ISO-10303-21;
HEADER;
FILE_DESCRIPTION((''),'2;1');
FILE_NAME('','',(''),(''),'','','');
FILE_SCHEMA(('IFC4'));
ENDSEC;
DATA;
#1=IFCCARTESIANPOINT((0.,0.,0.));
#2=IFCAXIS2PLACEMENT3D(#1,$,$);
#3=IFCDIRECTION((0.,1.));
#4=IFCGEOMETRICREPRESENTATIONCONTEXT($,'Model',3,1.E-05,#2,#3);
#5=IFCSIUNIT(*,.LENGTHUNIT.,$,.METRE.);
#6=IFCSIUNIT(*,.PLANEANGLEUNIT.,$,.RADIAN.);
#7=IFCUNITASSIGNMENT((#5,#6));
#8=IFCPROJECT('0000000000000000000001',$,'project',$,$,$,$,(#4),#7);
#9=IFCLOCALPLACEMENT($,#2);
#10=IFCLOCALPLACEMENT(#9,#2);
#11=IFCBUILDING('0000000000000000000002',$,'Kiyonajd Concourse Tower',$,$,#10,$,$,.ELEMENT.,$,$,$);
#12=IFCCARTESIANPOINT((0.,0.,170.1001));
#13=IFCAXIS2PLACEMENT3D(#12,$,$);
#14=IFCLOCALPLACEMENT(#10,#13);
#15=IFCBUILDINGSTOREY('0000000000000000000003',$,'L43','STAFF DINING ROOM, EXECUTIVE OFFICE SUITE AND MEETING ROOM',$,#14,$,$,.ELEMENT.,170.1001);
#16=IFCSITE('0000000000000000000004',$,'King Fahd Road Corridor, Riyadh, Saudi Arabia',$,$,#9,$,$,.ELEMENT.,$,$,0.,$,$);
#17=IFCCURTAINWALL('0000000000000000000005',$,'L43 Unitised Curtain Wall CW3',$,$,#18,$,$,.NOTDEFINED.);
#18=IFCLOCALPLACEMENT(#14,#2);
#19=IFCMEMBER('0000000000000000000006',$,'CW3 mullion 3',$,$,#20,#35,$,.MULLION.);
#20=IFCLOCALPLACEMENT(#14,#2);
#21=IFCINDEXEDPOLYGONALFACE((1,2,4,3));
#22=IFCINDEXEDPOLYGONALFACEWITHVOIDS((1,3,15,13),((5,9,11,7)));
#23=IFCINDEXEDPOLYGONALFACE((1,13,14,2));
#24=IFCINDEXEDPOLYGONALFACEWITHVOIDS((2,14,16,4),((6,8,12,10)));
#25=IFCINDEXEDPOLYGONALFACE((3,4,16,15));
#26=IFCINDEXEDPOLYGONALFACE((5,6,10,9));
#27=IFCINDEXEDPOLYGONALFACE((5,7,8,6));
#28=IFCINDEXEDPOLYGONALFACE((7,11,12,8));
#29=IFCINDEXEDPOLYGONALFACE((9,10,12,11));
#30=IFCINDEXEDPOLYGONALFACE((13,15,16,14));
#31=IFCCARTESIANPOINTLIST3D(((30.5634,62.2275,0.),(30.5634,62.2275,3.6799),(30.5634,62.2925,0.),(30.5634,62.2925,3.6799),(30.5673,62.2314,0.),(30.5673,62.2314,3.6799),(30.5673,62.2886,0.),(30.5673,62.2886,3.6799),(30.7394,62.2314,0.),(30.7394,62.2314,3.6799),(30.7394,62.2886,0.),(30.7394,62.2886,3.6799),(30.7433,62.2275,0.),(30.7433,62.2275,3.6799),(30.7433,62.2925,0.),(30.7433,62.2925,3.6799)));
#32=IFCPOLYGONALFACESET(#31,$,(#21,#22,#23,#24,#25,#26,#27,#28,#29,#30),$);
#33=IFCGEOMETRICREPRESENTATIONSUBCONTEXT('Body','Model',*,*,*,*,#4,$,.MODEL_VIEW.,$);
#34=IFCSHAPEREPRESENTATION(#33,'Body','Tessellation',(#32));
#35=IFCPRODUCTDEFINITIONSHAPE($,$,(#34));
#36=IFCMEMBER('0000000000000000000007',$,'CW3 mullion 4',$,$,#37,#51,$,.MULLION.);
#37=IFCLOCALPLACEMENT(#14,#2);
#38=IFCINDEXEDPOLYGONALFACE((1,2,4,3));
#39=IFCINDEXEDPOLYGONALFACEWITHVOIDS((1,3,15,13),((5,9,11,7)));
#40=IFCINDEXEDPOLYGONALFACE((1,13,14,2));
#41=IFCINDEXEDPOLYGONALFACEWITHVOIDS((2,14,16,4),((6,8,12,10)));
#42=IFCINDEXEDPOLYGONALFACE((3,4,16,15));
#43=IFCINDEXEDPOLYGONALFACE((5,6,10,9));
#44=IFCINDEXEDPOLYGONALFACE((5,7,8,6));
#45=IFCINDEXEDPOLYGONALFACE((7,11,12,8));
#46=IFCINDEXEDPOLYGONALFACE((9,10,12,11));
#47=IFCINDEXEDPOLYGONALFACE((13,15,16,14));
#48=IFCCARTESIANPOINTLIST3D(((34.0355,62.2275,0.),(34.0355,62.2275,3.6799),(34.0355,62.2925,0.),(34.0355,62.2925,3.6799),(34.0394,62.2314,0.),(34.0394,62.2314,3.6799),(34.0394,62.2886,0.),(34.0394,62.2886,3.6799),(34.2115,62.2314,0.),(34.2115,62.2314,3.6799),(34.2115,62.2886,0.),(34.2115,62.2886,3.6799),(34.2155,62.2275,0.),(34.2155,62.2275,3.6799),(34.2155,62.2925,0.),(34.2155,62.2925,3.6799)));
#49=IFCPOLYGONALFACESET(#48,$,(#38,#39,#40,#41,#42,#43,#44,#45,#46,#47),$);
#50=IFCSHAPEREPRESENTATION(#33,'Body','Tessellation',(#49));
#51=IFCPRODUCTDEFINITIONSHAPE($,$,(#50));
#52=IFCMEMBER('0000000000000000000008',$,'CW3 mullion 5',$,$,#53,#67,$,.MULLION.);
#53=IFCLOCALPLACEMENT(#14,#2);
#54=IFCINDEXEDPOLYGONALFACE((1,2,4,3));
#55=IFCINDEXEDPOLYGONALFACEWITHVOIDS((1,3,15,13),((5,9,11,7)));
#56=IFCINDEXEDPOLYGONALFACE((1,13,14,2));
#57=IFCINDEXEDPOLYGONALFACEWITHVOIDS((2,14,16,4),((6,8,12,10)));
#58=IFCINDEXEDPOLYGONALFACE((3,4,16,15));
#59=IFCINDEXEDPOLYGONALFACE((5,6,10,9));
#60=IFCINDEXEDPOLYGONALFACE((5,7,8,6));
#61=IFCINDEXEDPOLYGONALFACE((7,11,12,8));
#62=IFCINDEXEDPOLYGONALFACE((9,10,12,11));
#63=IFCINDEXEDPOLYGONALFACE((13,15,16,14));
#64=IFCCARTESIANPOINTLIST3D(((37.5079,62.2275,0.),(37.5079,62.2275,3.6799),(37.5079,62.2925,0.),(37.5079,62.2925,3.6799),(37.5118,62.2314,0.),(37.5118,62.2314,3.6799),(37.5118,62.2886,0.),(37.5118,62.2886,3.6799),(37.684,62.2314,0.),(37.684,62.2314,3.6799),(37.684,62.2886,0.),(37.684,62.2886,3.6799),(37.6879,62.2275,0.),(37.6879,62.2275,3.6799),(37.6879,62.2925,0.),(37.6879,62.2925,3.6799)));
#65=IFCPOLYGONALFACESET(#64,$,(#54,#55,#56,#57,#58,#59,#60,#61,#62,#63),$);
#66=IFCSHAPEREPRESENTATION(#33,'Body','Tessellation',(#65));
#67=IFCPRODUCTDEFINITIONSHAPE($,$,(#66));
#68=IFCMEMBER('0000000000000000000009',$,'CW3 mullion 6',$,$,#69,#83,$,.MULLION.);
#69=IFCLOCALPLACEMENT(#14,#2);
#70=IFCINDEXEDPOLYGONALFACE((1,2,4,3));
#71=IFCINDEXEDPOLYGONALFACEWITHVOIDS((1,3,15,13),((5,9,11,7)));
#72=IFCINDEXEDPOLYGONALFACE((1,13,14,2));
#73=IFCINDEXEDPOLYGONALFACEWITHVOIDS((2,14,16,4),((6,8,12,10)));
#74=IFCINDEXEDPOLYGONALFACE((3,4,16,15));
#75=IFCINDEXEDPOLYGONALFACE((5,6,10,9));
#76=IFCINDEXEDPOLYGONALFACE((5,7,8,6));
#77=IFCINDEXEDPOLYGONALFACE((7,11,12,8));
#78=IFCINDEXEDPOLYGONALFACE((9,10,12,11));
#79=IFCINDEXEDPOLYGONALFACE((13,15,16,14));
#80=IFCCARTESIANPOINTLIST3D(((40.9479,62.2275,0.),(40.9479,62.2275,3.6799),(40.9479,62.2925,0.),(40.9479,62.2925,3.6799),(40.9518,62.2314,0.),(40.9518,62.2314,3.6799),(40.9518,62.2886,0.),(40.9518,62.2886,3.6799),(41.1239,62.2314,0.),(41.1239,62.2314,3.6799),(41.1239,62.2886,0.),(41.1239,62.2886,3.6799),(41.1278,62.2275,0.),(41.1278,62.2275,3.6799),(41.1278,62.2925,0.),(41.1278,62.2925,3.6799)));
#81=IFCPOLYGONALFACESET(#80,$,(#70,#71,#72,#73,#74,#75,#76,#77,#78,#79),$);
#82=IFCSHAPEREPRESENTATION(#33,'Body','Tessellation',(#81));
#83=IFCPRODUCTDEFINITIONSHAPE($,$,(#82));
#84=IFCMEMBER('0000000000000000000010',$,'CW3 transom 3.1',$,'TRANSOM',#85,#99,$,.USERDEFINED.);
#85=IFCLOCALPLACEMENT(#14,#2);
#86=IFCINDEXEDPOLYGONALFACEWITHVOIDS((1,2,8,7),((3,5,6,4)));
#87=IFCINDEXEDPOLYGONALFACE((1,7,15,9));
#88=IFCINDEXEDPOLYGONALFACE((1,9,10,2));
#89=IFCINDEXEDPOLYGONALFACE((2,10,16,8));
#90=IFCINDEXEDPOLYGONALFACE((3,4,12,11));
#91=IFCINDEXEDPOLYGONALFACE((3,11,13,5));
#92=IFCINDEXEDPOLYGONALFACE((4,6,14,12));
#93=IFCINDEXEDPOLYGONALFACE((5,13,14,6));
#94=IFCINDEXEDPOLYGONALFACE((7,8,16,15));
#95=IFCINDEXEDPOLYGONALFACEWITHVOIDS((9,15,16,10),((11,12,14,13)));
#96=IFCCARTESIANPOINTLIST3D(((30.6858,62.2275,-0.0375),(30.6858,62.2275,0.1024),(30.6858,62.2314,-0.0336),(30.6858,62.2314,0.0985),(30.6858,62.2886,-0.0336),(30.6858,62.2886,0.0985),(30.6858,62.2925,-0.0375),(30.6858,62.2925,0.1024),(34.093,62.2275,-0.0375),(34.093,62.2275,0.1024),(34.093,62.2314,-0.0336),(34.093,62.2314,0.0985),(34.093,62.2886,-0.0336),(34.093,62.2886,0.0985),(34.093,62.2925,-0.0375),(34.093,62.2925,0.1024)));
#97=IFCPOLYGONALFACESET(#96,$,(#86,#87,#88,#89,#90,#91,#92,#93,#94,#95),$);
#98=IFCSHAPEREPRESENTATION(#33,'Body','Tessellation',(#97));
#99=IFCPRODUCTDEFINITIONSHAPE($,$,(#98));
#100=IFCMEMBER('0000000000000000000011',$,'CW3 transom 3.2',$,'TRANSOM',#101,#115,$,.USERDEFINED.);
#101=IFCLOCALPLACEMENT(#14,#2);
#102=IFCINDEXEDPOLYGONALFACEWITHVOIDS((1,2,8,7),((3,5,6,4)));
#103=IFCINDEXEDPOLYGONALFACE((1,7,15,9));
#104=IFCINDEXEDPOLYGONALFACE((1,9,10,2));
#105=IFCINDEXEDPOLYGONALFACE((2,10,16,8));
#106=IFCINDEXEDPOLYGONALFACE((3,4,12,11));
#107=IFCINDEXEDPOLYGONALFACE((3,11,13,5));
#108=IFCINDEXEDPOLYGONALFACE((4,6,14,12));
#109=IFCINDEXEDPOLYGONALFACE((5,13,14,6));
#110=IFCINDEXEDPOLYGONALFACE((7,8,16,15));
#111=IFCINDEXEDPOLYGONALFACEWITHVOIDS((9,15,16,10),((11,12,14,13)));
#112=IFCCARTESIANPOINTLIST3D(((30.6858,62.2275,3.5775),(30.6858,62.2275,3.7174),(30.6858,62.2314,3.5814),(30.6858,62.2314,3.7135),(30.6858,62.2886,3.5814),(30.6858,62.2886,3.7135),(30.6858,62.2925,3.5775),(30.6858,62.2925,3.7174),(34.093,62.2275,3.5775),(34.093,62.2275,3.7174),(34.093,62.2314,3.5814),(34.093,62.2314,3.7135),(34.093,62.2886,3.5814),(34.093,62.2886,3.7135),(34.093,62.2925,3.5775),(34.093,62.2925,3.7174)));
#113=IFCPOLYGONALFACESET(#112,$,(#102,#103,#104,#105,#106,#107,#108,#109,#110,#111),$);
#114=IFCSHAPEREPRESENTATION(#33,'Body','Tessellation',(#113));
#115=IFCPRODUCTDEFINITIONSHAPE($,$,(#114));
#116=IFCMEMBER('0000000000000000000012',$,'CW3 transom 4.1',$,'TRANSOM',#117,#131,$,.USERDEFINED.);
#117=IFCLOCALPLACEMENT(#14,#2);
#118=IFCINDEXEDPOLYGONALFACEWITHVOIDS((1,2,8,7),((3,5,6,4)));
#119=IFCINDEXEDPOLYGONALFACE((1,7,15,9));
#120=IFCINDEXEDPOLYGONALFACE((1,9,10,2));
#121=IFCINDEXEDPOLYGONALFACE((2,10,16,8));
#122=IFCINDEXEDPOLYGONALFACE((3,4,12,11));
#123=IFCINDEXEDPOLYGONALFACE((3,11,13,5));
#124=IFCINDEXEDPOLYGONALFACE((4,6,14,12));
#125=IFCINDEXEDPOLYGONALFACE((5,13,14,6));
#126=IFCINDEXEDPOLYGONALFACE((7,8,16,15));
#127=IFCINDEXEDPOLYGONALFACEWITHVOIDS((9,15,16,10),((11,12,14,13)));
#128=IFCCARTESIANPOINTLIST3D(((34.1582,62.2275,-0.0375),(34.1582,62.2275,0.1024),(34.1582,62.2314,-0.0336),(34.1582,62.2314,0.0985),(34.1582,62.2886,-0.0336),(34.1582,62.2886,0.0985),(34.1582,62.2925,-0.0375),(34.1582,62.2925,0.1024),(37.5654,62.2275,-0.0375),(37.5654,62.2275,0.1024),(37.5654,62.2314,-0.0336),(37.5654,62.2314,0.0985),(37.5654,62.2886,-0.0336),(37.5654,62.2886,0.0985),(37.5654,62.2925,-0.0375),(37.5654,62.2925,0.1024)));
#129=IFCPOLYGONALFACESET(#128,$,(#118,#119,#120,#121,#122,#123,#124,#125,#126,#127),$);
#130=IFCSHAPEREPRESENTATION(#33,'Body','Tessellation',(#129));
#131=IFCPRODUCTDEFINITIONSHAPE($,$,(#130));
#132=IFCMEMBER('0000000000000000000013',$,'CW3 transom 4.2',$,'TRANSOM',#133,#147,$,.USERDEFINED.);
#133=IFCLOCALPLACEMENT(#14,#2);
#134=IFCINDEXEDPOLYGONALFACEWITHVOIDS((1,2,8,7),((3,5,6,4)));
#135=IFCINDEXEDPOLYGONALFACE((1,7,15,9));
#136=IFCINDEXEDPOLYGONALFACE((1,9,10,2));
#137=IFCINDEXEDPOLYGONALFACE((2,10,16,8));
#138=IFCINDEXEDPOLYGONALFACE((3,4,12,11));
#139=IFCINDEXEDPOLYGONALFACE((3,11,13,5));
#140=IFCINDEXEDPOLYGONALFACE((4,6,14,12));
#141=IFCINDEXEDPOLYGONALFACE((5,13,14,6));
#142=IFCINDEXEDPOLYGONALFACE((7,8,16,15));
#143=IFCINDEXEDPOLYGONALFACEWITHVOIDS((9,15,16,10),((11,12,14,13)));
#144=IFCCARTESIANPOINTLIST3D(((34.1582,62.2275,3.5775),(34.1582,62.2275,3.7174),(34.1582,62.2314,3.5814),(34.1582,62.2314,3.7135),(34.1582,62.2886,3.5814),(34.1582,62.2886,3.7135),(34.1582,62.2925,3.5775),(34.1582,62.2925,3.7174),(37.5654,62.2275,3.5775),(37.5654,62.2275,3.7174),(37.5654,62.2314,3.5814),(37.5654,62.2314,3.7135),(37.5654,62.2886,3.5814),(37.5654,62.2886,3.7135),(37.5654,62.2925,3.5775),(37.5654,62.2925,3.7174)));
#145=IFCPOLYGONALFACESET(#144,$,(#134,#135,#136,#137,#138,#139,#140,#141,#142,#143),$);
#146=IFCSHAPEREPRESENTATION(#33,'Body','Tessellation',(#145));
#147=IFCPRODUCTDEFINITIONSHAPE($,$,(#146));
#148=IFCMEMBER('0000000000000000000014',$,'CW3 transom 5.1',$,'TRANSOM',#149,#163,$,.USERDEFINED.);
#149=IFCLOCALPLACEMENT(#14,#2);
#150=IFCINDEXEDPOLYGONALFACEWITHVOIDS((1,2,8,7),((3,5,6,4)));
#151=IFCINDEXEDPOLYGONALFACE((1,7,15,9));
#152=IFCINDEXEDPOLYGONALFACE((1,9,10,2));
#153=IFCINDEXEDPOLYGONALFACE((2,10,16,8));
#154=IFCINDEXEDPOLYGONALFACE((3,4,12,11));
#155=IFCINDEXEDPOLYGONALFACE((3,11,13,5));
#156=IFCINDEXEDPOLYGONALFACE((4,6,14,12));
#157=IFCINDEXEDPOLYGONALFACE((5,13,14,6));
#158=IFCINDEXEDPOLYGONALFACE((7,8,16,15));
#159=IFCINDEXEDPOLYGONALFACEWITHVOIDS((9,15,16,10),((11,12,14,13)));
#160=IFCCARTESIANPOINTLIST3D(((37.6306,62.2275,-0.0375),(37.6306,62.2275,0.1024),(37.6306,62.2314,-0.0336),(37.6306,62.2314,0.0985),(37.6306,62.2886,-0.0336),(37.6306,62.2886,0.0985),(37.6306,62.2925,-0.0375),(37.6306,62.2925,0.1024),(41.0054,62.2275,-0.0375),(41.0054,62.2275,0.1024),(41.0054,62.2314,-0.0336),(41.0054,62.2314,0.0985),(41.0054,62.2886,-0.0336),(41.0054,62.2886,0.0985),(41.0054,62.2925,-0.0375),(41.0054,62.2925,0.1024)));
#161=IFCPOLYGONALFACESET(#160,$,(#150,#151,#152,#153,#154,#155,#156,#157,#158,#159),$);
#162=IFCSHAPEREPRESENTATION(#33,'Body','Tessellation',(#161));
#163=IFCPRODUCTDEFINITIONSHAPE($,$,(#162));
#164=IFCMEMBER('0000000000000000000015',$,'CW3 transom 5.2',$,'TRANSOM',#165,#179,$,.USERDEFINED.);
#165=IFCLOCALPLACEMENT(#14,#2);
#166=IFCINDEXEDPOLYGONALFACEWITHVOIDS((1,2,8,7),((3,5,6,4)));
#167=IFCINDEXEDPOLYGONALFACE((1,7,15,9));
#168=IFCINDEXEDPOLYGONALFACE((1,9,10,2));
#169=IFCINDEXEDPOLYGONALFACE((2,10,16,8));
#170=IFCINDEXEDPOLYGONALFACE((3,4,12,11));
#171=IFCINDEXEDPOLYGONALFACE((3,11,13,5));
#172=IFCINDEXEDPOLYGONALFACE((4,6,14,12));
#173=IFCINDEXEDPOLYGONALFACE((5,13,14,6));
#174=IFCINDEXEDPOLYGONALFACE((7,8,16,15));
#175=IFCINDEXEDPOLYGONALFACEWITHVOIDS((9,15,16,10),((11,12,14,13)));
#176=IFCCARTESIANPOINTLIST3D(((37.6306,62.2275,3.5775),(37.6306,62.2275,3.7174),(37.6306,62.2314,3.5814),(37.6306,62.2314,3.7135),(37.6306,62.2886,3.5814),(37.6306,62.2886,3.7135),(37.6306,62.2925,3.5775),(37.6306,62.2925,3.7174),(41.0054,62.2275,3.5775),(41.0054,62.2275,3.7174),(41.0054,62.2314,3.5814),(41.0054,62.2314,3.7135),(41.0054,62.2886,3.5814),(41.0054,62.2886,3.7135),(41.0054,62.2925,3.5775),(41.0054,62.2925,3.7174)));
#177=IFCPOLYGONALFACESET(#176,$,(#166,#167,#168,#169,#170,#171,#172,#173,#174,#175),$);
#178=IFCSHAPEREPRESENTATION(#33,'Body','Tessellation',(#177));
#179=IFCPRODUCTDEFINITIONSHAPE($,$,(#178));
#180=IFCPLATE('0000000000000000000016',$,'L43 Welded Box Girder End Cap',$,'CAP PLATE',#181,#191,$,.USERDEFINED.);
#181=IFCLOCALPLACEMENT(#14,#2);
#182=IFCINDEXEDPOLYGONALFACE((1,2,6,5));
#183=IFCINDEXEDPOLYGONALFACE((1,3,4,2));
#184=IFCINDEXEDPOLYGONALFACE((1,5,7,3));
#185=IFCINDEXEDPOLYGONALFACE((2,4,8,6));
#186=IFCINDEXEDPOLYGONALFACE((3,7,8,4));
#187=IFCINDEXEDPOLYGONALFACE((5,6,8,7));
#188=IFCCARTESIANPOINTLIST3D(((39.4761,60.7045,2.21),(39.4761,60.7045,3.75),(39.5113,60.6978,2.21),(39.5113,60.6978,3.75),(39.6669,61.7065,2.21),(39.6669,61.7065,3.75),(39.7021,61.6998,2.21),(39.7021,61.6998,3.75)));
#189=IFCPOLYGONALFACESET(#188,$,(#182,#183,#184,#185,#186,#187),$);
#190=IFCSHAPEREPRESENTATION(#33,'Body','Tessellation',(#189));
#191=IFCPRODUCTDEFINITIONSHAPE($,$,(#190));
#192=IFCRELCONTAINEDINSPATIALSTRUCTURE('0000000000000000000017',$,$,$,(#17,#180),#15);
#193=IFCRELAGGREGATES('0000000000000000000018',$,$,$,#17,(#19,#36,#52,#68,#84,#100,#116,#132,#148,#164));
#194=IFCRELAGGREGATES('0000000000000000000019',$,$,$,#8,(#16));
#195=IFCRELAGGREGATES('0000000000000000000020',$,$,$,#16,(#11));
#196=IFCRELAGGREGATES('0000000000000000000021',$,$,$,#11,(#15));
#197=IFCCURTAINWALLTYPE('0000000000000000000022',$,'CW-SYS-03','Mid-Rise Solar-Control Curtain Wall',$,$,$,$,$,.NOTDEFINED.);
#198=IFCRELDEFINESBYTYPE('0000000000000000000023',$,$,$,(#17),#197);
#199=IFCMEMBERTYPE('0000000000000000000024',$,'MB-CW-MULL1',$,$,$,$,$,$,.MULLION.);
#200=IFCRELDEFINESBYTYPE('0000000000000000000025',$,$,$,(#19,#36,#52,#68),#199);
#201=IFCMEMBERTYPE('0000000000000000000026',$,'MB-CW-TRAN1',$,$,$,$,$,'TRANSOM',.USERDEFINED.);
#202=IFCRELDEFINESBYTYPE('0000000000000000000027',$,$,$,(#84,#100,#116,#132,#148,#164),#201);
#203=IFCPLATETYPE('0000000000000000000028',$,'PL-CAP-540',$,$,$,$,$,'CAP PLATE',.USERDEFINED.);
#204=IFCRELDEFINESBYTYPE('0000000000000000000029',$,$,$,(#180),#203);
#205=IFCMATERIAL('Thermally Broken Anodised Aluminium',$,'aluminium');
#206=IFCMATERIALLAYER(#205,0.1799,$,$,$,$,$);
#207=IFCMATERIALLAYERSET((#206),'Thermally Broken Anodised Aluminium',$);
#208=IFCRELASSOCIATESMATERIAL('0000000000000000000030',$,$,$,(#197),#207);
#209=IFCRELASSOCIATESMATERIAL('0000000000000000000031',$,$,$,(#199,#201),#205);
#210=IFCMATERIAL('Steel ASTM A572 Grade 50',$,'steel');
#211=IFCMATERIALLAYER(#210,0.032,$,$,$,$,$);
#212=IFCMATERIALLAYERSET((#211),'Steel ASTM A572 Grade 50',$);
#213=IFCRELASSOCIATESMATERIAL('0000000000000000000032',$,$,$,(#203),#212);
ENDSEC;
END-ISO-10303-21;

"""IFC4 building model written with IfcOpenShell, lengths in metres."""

from ifc_helpers import new_model, si_unit, direction, frame, origin, origin_2d, place, context, subcontext, project, spatial, rectangle, hollow_rectangle, extrude, material, layer, layer_set, material_profile, profile_set, type_object, element, aggregate, save


model = new_model("IFC4")

# Units and contexts
model_context = context("Model", 3, precision=1e-05, world=origin(), true_north=direction((0.0, 1.0)))
body_context = subcontext(model_context, "Body", "Model", "MODEL_VIEW")
ifc_project = project(units=[si_unit("LENGTHUNIT", "METRE"), si_unit("PLANEANGLEUNIT", "RADIAN")], contexts=[model_context])

# Site, building, storey
site_placement = place(None, origin())
site = spatial("IfcSite", under=ifc_project, at=site_placement, Name="King Fahd Road Corridor, Riyadh, Saudi Arabia", CompositionType="ELEMENT", RefElevation=0.0)
building_placement = place(site_placement, origin())
building = spatial("IfcBuilding", under=site, at=building_placement, Name="Kiyonajd Concourse Tower", CompositionType="ELEMENT")
storey_placement = place(building_placement, frame((0.0, 0.0, 170.1001)))
storey = spatial("IfcBuildingStorey", under=building, at=storey_placement, Name="L43", Description="STAFF DINING ROOM, EXECUTIVE OFFICE SUITE AND MEETING ROOM", CompositionType="ELEMENT", Elevation=170.1001)

# Curtain wall, members
ifc_material_1 = material(Name="Thermally Broken Anodised Aluminium", Category="aluminium")
ifc_layer_1 = layer(ifc_material_1, 0.1799)
ifc_layer_set_1 = layer_set([ifc_layer_1], Name="Thermally Broken Anodised Aluminium")
curtain_wall_type = type_object("IfcCurtainWallType", Name="CW-SYS-03", Description="Mid-Rise Solar-Control Curtain Wall", PredefinedType="NOTDEFINED", material=ifc_layer_set_1)
curtain_wall_placement = place(storey_placement, origin())
curtain_wall = element("IfcCurtainWall", 1, at=curtain_wall_placement, inside=storey, type_object=curtain_wall_type, Name="L43 Unitised Curtain Wall CW3", PredefinedType="NOTDEFINED")
ifc_material_profile_1 = material_profile(ifc_material_1, hollow_rectangle(XDim=0.0649, YDim=0.1799, WallThickness=0.0039, at=origin_2d()), Name="MULL-65x180")
ifc_profile_set_1 = profile_set([ifc_material_profile_1], Name="Thermally Broken Anodised Aluminium")
member_type_1 = type_object("IfcMemberType", Name="MB-CW-MULL1", PredefinedType="MULLION", material=ifc_profile_set_1)
member_1_placement = place(storey_placement, frame((30.6533, 62.26, 0.0), z_axis=(0.0, 0.0, 1.0), x_axis=(0.0, 1.0, 0.0)))
member_1 = element("IfcMember", 2, at=member_1_placement, type_object=member_type_1, Name="CW3 mullion 3", PredefinedType="MULLION", context=body_context, shape_type="SweptSolid", body=[
    extrude(hollow_rectangle(XDim=0.0649, YDim=0.1799, WallThickness=0.0039, at=origin_2d()), origin(), (0.0, 0.0, 1.0), 3.6799),
])
member_2_placement = place(storey_placement, frame((34.1255, 62.26, 0.0), z_axis=(0.0, 0.0, 1.0), x_axis=(0.0, 1.0, 0.0)))
member_2 = element("IfcMember", 3, at=member_2_placement, type_object=member_type_1, Name="CW3 mullion 4", PredefinedType="MULLION", context=body_context, shape_type="SweptSolid", body=[
    extrude(hollow_rectangle(XDim=0.0649, YDim=0.1799, WallThickness=0.0039, at=origin_2d()), origin(), (0.0, 0.0, 1.0), 3.6799),
])
member_3_placement = place(storey_placement, frame((37.5979, 62.26, 0.0), z_axis=(0.0, 0.0, 1.0), x_axis=(0.0, 1.0, 0.0)))
member_3 = element("IfcMember", 4, at=member_3_placement, type_object=member_type_1, Name="CW3 mullion 5", PredefinedType="MULLION", context=body_context, shape_type="SweptSolid", body=[
    extrude(hollow_rectangle(XDim=0.0649, YDim=0.1799, WallThickness=0.0039, at=origin_2d()), origin(), (0.0, 0.0, 1.0), 3.6799),
])
member_4_placement = place(storey_placement, frame((41.0378, 62.26, 0.0), z_axis=(0.0, 0.0, 1.0), x_axis=(0.0, 1.0, 0.0)))
member_4 = element("IfcMember", 5, at=member_4_placement, type_object=member_type_1, Name="CW3 mullion 6", PredefinedType="MULLION", context=body_context, shape_type="SweptSolid", body=[
    extrude(hollow_rectangle(XDim=0.0649, YDim=0.1799, WallThickness=0.0039, at=origin_2d()), origin(), (0.0, 0.0, 1.0), 3.6799),
])
ifc_material_profile_2 = material_profile(ifc_material_1, hollow_rectangle(XDim=0.0649, YDim=0.1399, WallThickness=0.0039, at=origin_2d()), Name="TRAN-65x140")
ifc_profile_set_2 = profile_set([ifc_material_profile_2], Name="Thermally Broken Anodised Aluminium")
member_type_2 = type_object("IfcMemberType", Name="MB-CW-TRAN1", ElementType="TRANSOM", PredefinedType="USERDEFINED", material=ifc_profile_set_2)
member_5_placement = place(storey_placement, frame((30.6858, 62.26, 0.0325), z_axis=(1.0, 0.0, 0.0), x_axis=(0.0, 1.0, 0.0)))
member_5 = element("IfcMember", 6, at=member_5_placement, type_object=member_type_2, Name="CW3 transom 3.1", ObjectType="TRANSOM", PredefinedType="USERDEFINED", context=body_context, shape_type="SweptSolid", body=[
    extrude(hollow_rectangle(XDim=0.0649, YDim=0.1399, WallThickness=0.0039, at=origin_2d()), origin(), (0.0, 0.0, 1.0), 3.4072),
])
member_6_placement = place(storey_placement, frame((30.6858, 62.26, 3.6475), z_axis=(1.0, 0.0, 0.0), x_axis=(0.0, 1.0, 0.0)))
member_6 = element("IfcMember", 7, at=member_6_placement, type_object=member_type_2, Name="CW3 transom 3.2", ObjectType="TRANSOM", PredefinedType="USERDEFINED", context=body_context, shape_type="SweptSolid", body=[
    extrude(hollow_rectangle(XDim=0.0649, YDim=0.1399, WallThickness=0.0039, at=origin_2d()), origin(), (0.0, 0.0, 1.0), 3.4072),
])
member_7_placement = place(storey_placement, frame((34.1582, 62.26, 0.0325), z_axis=(1.0, 0.0, 0.0), x_axis=(0.0, 1.0, 0.0)))
member_7 = element("IfcMember", 8, at=member_7_placement, type_object=member_type_2, Name="CW3 transom 4.1", ObjectType="TRANSOM", PredefinedType="USERDEFINED", context=body_context, shape_type="SweptSolid", body=[
    extrude(hollow_rectangle(XDim=0.0649, YDim=0.1399, WallThickness=0.0039, at=origin_2d()), origin(), (0.0, 0.0, 1.0), 3.4072),
])
member_8_placement = place(storey_placement, frame((34.1582, 62.26, 3.6475), z_axis=(1.0, 0.0, 0.0), x_axis=(0.0, 1.0, 0.0)))
member_8 = element("IfcMember", 9, at=member_8_placement, type_object=member_type_2, Name="CW3 transom 4.2", ObjectType="TRANSOM", PredefinedType="USERDEFINED", context=body_context, shape_type="SweptSolid", body=[
    extrude(hollow_rectangle(XDim=0.0649, YDim=0.1399, WallThickness=0.0039, at=origin_2d()), origin(), (0.0, 0.0, 1.0), 3.4072),
])
member_9_placement = place(storey_placement, frame((37.6306, 62.26, 0.0325), z_axis=(1.0, 0.0, 0.0), x_axis=(0.0, 1.0, 0.0)))
member_9 = element("IfcMember", 10, at=member_9_placement, type_object=member_type_2, Name="CW3 transom 5.1", ObjectType="TRANSOM", PredefinedType="USERDEFINED", context=body_context, shape_type="SweptSolid", body=[
    extrude(hollow_rectangle(XDim=0.0649, YDim=0.1399, WallThickness=0.0039, at=origin_2d()), origin(), (0.0, 0.0, 1.0), 3.3748),
])
member_10_placement = place(storey_placement, frame((37.6306, 62.26, 3.6475), z_axis=(1.0, 0.0, 0.0), x_axis=(0.0, 1.0, 0.0)))
member_10 = element("IfcMember", 11, at=member_10_placement, type_object=member_type_2, Name="CW3 transom 5.2", ObjectType="TRANSOM", PredefinedType="USERDEFINED", context=body_context, shape_type="SweptSolid", body=[
    extrude(hollow_rectangle(XDim=0.0649, YDim=0.1399, WallThickness=0.0039, at=origin_2d()), origin(), (0.0, 0.0, 1.0), 3.3748),
])

# Plate
ifc_material_2 = material(Name="Steel ASTM A572 Grade 50", Category="steel")
ifc_layer_2 = layer(ifc_material_2, 0.032)
ifc_layer_set_2 = layer_set([ifc_layer_2], Name="Steel ASTM A572 Grade 50")
plate_type_1 = type_object("IfcPlateType", Name="PL-CAP-540", ElementType="CAP PLATE", PredefinedType="USERDEFINED", material=ifc_layer_set_2)
plate_1_placement = place(storey_placement, frame((39.5891, 61.2021, 2.21), z_axis=(0.0, 0.0, 1.0), x_axis=(-0.982353, 0.187038, 0.0)))
element("IfcPlate", 12, at=plate_1_placement, inside=storey, type_object=plate_type_1, Name="L43 Welded Box Girder End Cap", ObjectType="CAP PLATE", PredefinedType="USERDEFINED", context=body_context, shape_type="SweptSolid", body=[
    extrude(rectangle(XDim=0.0359, YDim=1.02, at=origin_2d()), origin(), (0.0, 0.0, 1.0), 1.54),
])
aggregate(curtain_wall, [member_1, member_2, member_3, member_4, member_5, member_6, member_7, member_8, member_9, member_10])

save(model, "model.ifc")
